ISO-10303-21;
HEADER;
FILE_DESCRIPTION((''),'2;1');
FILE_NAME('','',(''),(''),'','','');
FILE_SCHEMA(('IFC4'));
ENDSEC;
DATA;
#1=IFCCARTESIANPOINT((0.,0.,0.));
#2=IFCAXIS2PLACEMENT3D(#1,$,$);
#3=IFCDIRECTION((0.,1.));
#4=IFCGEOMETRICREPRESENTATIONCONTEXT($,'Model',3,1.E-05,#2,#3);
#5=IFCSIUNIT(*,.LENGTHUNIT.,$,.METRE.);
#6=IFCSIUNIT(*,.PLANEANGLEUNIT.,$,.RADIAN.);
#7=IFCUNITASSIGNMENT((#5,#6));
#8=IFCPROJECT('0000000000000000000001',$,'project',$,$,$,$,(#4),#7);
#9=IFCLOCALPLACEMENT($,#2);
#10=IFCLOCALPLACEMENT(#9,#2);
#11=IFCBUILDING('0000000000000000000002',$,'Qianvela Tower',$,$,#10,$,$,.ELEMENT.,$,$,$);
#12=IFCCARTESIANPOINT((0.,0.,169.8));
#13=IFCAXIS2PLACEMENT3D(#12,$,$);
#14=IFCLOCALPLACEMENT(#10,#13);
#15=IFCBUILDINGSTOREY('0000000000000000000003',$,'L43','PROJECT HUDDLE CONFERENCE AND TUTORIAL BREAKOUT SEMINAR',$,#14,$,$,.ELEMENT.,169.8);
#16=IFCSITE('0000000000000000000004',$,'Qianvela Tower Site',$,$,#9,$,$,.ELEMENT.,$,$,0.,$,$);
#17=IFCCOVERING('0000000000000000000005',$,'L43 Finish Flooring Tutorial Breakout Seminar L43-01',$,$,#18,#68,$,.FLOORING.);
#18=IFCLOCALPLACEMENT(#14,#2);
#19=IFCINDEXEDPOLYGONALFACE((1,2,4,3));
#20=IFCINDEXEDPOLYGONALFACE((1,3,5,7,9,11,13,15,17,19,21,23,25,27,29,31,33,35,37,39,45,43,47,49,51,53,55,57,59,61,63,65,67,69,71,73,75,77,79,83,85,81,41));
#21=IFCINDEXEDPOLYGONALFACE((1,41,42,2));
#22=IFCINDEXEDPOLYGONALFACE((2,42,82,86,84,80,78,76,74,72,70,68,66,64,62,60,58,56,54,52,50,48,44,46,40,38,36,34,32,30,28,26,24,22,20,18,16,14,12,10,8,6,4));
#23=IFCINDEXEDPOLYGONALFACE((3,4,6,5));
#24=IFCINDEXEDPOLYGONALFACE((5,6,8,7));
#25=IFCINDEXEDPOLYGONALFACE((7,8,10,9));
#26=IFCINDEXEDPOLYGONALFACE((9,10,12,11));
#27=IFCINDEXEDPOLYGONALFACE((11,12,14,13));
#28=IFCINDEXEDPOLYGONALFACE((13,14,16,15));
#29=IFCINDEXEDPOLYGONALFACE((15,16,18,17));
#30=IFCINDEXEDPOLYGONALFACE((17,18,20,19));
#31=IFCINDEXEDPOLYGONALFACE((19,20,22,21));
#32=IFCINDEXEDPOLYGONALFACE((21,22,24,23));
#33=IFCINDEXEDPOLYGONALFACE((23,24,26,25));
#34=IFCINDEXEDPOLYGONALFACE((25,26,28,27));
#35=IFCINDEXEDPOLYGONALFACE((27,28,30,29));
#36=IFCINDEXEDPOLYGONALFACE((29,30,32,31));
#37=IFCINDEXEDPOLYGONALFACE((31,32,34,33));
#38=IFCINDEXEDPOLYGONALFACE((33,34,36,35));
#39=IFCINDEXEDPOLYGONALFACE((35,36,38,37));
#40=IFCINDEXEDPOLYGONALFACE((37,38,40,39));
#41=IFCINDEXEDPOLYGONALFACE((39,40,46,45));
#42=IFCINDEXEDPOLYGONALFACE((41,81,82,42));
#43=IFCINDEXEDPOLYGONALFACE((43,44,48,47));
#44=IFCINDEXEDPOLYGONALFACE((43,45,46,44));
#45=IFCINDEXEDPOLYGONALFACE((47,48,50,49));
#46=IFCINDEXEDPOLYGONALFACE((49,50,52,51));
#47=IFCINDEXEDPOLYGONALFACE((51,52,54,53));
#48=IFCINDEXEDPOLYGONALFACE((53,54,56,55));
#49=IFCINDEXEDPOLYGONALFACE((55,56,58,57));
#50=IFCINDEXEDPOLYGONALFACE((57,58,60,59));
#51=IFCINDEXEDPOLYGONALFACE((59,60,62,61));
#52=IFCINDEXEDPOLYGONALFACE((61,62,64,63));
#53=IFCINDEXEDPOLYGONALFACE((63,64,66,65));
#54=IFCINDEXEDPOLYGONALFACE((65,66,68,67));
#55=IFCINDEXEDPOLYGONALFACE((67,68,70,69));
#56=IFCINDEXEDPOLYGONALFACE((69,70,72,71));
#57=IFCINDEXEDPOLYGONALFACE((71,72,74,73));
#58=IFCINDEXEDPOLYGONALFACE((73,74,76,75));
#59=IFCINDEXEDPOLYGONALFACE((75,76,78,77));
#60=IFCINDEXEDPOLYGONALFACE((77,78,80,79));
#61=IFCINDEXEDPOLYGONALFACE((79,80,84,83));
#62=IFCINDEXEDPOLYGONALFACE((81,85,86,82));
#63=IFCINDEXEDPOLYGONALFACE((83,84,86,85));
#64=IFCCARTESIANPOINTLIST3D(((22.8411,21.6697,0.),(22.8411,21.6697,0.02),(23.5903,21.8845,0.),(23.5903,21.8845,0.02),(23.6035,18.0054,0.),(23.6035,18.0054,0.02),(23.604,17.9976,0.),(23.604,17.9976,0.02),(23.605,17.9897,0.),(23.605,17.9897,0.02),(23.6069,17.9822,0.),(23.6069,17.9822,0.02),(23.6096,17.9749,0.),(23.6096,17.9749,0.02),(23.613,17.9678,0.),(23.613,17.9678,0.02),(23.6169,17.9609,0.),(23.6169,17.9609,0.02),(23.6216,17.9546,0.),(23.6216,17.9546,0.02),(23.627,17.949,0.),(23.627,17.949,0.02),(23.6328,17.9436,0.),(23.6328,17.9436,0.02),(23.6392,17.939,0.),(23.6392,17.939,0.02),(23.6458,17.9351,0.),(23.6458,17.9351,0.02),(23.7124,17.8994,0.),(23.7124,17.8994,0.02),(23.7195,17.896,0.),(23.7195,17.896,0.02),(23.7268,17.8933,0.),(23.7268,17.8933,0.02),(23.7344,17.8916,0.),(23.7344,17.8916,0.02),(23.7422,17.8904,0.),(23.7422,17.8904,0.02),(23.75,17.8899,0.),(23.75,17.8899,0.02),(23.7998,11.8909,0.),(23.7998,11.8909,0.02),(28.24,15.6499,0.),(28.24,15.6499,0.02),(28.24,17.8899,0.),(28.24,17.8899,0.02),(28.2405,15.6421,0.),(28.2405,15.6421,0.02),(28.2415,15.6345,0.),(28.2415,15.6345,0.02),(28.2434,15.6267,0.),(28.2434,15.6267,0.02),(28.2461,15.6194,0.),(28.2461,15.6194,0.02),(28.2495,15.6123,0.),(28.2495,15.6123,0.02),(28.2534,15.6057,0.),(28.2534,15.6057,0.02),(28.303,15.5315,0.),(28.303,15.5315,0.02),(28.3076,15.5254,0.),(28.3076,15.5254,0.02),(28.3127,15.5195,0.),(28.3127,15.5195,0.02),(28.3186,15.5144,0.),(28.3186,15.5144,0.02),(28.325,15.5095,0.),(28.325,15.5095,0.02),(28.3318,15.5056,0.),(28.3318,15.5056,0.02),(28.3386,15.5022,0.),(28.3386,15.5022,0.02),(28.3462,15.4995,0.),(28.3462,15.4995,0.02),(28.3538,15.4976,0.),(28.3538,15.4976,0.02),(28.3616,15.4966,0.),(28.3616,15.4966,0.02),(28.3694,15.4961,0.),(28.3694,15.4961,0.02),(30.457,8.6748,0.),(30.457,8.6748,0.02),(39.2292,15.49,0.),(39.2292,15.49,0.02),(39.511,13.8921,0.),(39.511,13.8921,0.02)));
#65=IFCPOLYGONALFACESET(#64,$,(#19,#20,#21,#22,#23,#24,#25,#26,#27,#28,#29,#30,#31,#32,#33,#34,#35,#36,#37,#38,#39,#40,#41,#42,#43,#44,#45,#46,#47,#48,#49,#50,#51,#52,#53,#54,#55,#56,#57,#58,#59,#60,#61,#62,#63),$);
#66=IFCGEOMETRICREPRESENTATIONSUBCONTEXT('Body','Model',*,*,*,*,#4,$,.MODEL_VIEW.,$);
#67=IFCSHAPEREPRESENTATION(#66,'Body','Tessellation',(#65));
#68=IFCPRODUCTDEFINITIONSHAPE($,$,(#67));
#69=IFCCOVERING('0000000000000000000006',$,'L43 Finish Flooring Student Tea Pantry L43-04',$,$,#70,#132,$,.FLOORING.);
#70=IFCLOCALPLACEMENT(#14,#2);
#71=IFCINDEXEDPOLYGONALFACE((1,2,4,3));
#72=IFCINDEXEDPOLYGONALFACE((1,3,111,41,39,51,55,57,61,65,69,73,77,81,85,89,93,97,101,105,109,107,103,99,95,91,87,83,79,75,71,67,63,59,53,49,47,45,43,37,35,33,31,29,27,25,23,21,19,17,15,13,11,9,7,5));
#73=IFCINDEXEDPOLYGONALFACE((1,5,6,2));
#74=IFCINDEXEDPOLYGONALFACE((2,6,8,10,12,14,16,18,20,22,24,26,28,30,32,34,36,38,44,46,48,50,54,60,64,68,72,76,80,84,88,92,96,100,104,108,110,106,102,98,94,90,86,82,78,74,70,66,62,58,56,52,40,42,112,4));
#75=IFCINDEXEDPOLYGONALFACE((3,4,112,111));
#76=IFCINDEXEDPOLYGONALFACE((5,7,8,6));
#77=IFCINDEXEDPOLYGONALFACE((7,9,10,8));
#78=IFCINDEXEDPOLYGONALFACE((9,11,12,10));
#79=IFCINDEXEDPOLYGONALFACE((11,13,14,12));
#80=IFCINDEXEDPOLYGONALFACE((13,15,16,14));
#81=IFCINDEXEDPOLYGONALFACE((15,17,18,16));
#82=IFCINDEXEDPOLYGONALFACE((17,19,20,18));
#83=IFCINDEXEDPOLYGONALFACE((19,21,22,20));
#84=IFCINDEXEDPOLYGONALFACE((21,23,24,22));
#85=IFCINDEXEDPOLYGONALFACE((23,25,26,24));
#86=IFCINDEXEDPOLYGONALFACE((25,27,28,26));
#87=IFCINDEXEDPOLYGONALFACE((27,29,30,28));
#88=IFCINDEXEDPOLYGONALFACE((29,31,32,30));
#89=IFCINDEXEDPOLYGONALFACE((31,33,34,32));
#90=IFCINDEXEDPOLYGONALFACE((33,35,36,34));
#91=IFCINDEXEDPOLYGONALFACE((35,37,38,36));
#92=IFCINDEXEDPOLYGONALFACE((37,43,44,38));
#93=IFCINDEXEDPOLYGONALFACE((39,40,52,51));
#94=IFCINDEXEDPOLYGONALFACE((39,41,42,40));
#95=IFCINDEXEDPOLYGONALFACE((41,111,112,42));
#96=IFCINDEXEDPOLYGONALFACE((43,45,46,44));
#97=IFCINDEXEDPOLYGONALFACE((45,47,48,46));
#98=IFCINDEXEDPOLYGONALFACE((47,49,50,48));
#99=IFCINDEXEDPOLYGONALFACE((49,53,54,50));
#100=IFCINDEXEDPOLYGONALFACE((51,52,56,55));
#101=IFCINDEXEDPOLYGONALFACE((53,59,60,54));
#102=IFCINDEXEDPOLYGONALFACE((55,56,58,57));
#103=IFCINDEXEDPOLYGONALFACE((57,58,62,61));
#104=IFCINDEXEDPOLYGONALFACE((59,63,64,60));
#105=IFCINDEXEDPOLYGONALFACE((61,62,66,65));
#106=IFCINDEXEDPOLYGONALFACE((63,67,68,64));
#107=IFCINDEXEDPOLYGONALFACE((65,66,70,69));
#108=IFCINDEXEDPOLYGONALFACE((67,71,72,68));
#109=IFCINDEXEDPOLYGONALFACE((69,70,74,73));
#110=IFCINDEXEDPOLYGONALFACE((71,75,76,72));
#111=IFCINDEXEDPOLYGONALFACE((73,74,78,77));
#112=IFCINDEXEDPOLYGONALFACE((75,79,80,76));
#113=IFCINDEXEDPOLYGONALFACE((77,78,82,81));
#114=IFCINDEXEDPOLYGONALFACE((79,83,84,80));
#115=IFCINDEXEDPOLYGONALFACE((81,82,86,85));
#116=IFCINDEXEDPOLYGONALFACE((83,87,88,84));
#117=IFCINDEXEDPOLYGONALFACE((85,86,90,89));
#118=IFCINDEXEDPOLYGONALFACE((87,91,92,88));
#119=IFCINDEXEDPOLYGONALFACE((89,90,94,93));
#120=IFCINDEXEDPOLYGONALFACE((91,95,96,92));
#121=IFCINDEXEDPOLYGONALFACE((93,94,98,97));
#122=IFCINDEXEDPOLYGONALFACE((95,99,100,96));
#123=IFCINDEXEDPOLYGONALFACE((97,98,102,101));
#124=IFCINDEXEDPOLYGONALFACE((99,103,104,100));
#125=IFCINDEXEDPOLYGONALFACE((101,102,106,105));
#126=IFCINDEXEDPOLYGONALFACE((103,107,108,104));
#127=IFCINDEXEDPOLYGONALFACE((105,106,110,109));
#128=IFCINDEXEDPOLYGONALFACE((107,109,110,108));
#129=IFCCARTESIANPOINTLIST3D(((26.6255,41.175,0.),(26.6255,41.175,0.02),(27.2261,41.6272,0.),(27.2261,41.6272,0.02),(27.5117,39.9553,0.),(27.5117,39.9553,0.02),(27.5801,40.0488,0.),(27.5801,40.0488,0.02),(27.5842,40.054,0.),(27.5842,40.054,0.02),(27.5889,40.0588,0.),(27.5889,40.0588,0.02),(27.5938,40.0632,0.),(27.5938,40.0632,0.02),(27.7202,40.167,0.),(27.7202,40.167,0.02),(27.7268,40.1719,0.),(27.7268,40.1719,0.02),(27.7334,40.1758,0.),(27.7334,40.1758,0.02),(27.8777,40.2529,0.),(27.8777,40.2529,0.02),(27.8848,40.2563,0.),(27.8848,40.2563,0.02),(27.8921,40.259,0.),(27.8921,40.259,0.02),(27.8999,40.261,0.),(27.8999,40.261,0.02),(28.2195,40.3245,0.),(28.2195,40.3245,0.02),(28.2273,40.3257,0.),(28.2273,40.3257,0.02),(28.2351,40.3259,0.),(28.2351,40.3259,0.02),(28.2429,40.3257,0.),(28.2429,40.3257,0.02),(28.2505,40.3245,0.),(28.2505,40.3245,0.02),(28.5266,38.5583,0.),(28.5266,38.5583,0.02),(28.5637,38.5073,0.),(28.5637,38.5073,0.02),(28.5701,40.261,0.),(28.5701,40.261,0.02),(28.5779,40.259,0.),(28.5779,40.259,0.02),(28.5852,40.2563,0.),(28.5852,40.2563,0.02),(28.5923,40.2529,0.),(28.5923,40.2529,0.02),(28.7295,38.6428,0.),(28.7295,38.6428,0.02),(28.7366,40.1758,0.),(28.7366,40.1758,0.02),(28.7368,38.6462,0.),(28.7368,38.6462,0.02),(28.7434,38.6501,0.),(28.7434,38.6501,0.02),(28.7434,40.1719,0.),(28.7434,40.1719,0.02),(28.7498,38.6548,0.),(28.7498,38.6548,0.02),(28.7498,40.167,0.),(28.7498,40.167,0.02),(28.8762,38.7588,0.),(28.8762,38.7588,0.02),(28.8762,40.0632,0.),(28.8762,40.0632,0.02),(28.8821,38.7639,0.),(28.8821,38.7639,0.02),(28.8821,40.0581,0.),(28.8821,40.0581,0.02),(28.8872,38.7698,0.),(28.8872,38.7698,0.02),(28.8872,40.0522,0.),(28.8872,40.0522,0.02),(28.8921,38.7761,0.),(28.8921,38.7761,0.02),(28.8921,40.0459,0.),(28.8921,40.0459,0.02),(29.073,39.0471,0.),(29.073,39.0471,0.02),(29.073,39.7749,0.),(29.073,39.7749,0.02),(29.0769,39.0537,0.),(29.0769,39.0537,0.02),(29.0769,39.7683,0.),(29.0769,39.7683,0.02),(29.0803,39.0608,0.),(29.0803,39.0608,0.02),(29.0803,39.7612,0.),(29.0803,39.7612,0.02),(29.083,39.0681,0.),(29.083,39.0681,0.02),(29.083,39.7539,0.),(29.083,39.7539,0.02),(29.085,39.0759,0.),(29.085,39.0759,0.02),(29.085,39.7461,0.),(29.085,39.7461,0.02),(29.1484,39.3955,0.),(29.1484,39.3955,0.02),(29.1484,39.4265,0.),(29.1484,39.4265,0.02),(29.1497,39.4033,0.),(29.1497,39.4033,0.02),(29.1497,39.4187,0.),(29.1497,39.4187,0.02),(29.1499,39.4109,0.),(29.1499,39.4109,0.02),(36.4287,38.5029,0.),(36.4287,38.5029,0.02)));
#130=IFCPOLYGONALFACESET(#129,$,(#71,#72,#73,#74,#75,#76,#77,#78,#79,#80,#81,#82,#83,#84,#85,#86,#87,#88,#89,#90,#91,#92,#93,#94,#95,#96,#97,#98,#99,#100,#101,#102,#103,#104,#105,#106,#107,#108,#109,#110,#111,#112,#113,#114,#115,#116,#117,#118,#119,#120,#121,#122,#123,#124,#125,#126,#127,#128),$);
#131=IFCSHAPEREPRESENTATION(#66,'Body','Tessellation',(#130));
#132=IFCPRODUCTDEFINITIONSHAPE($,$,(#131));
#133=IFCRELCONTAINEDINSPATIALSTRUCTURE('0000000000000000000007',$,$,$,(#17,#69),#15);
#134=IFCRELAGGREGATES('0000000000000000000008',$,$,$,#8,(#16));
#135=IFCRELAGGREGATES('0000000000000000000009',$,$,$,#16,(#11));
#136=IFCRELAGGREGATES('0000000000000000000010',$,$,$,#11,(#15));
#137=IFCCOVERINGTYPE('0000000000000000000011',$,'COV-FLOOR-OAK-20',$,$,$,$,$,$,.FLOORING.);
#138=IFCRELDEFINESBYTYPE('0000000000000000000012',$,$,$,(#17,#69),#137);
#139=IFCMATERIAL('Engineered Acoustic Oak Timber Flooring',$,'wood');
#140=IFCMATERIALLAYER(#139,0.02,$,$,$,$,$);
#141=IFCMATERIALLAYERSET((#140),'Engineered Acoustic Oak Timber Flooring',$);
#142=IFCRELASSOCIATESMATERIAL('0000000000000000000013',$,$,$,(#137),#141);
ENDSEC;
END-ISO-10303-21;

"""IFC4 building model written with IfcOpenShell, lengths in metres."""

from ifc_helpers import new_model, si_unit, direction, frame, origin, place, context, subcontext, project, spatial, polyline, outline, extrude, material, layer, layer_set, type_object, element, save


model = new_model("IFC4")

# Units and contexts
model_context = context("Model", 3, precision=1e-05, world=origin(), true_north=direction((0.0, 1.0)))
body_context = subcontext(model_context, "Body", "Model", "MODEL_VIEW")
ifc_project = project(units=[si_unit("LENGTHUNIT", "METRE"), si_unit("PLANEANGLEUNIT", "RADIAN")], contexts=[model_context])

# Site, building, storey
site_placement = place(None, origin())
site = spatial("IfcSite", under=ifc_project, at=site_placement, Name="Qianvela Tower Site", CompositionType="ELEMENT", RefElevation=0.0)
building_placement = place(site_placement, origin())
building = spatial("IfcBuilding", under=site, at=building_placement, Name="Qianvela Tower", CompositionType="ELEMENT")
storey_placement = place(building_placement, frame((0.0, 0.0, 169.8)))
storey = spatial("IfcBuildingStorey", under=building, at=storey_placement, Name="L43", Description="PROJECT HUDDLE CONFERENCE AND TUTORIAL BREAKOUT SEMINAR", CompositionType="ELEMENT", Elevation=169.8)

# Coverings
ifc_material_1 = material(Name="Engineered Acoustic Oak Timber Flooring", Category="wood")
ifc_layer_1 = layer(ifc_material_1, 0.02)
ifc_layer_set_1 = layer_set([ifc_layer_1], Name="Engineered Acoustic Oak Timber Flooring")
covering_type_1 = type_object("IfcCoveringType", Name="COV-FLOOR-OAK-20", PredefinedType="FLOORING", material=ifc_layer_set_1)
covering_1_placement = place(storey_placement, origin())
element("IfcCovering", 1, at=covering_1_placement, inside=storey, type_object=covering_type_1, Name="L43 Finish Flooring Tutorial Breakout Seminar L43-01", PredefinedType="FLOORING", context=body_context, shape_type="SweptSolid", body=[
    extrude(outline(polyline([(22.8411, 21.6697), (23.5903, 21.8845), (23.6035, 18.0054), (23.604, 17.9976), (23.605, 17.9897), (23.6069, 17.9822), (23.6096, 17.9749), (23.613, 17.9678), (23.6169, 17.9609), (23.6216, 17.9546), (23.627, 17.949), (23.6328, 17.9436), (23.6392, 17.939), (23.6458, 17.9351), (23.7124, 17.8994), (23.7195, 17.896), (23.7268, 17.8933), (23.7344, 17.8916), (23.7422, 17.8904), (23.75, 17.8899), (28.24, 17.8899), (28.24, 15.6499), (28.2405, 15.6421), (28.2415, 15.6345), (28.2434, 15.6267), (28.2461, 15.6194), (28.2495, 15.6123), (28.2534, 15.6057), (28.303, 15.5315), (28.3076, 15.5254), (28.3127, 15.5195), (28.3186, 15.5144), (28.325, 15.5095), (28.3318, 15.5056), (28.3386, 15.5022), (28.3462, 15.4995), (28.3538, 15.4976), (28.3616, 15.4966), (28.3694, 15.4961), (39.2292, 15.49), (39.511, 13.8921), (30.457, 8.6748), (23.7998, 11.8909), (22.8411, 21.6697)])), origin(), (0.0, 0.0, 1.0), 0.02),
])
covering_2_placement = place(storey_placement, origin())
element("IfcCovering", 2, at=covering_2_placement, inside=storey, type_object=covering_type_1, Name="L43 Finish Flooring Student Tea Pantry L43-04", PredefinedType="FLOORING", context=body_context, shape_type="SweptSolid", body=[
    extrude(outline(polyline([(28.5637, 38.5073), (28.5266, 38.5583), (28.7295, 38.6428), (28.7368, 38.6462), (28.7434, 38.6501), (28.7498, 38.6548), (28.8762, 38.7588), (28.8821, 38.7639), (28.8872, 38.7698), (28.8921, 38.7761), (29.073, 39.0471), (29.0769, 39.0537), (29.0803, 39.0608), (29.083, 39.0681), (29.085, 39.0759), (29.1484, 39.3955), (29.1497, 39.4033), (29.1499, 39.4109), (29.1497, 39.4187), (29.1484, 39.4265), (29.085, 39.7461), (29.083, 39.7539), (29.0803, 39.7612), (29.0769, 39.7683), (29.073, 39.7749), (28.8921, 40.0459), (28.8872, 40.0522), (28.8821, 40.0581), (28.8762, 40.0632), (28.7498, 40.167), (28.7434, 40.1719), (28.7366, 40.1758), (28.5923, 40.2529), (28.5852, 40.2563), (28.5779, 40.259), (28.5701, 40.261), (28.2505, 40.3245), (28.2429, 40.3257), (28.2351, 40.3259), (28.2273, 40.3257), (28.2195, 40.3245), (27.8999, 40.261), (27.8921, 40.259), (27.8848, 40.2563), (27.8777, 40.2529), (27.7334, 40.1758), (27.7268, 40.1719), (27.7202, 40.167), (27.5938, 40.0632), (27.5889, 40.0588), (27.5842, 40.054), (27.5801, 40.0488), (27.5117, 39.9553), (26.6255, 41.175), (27.2261, 41.6272), (36.4287, 38.5029), (28.5637, 38.5073)])), origin(), (0.0, 0.0, 1.0), 0.02),
])

save(model, "model.ifc")
